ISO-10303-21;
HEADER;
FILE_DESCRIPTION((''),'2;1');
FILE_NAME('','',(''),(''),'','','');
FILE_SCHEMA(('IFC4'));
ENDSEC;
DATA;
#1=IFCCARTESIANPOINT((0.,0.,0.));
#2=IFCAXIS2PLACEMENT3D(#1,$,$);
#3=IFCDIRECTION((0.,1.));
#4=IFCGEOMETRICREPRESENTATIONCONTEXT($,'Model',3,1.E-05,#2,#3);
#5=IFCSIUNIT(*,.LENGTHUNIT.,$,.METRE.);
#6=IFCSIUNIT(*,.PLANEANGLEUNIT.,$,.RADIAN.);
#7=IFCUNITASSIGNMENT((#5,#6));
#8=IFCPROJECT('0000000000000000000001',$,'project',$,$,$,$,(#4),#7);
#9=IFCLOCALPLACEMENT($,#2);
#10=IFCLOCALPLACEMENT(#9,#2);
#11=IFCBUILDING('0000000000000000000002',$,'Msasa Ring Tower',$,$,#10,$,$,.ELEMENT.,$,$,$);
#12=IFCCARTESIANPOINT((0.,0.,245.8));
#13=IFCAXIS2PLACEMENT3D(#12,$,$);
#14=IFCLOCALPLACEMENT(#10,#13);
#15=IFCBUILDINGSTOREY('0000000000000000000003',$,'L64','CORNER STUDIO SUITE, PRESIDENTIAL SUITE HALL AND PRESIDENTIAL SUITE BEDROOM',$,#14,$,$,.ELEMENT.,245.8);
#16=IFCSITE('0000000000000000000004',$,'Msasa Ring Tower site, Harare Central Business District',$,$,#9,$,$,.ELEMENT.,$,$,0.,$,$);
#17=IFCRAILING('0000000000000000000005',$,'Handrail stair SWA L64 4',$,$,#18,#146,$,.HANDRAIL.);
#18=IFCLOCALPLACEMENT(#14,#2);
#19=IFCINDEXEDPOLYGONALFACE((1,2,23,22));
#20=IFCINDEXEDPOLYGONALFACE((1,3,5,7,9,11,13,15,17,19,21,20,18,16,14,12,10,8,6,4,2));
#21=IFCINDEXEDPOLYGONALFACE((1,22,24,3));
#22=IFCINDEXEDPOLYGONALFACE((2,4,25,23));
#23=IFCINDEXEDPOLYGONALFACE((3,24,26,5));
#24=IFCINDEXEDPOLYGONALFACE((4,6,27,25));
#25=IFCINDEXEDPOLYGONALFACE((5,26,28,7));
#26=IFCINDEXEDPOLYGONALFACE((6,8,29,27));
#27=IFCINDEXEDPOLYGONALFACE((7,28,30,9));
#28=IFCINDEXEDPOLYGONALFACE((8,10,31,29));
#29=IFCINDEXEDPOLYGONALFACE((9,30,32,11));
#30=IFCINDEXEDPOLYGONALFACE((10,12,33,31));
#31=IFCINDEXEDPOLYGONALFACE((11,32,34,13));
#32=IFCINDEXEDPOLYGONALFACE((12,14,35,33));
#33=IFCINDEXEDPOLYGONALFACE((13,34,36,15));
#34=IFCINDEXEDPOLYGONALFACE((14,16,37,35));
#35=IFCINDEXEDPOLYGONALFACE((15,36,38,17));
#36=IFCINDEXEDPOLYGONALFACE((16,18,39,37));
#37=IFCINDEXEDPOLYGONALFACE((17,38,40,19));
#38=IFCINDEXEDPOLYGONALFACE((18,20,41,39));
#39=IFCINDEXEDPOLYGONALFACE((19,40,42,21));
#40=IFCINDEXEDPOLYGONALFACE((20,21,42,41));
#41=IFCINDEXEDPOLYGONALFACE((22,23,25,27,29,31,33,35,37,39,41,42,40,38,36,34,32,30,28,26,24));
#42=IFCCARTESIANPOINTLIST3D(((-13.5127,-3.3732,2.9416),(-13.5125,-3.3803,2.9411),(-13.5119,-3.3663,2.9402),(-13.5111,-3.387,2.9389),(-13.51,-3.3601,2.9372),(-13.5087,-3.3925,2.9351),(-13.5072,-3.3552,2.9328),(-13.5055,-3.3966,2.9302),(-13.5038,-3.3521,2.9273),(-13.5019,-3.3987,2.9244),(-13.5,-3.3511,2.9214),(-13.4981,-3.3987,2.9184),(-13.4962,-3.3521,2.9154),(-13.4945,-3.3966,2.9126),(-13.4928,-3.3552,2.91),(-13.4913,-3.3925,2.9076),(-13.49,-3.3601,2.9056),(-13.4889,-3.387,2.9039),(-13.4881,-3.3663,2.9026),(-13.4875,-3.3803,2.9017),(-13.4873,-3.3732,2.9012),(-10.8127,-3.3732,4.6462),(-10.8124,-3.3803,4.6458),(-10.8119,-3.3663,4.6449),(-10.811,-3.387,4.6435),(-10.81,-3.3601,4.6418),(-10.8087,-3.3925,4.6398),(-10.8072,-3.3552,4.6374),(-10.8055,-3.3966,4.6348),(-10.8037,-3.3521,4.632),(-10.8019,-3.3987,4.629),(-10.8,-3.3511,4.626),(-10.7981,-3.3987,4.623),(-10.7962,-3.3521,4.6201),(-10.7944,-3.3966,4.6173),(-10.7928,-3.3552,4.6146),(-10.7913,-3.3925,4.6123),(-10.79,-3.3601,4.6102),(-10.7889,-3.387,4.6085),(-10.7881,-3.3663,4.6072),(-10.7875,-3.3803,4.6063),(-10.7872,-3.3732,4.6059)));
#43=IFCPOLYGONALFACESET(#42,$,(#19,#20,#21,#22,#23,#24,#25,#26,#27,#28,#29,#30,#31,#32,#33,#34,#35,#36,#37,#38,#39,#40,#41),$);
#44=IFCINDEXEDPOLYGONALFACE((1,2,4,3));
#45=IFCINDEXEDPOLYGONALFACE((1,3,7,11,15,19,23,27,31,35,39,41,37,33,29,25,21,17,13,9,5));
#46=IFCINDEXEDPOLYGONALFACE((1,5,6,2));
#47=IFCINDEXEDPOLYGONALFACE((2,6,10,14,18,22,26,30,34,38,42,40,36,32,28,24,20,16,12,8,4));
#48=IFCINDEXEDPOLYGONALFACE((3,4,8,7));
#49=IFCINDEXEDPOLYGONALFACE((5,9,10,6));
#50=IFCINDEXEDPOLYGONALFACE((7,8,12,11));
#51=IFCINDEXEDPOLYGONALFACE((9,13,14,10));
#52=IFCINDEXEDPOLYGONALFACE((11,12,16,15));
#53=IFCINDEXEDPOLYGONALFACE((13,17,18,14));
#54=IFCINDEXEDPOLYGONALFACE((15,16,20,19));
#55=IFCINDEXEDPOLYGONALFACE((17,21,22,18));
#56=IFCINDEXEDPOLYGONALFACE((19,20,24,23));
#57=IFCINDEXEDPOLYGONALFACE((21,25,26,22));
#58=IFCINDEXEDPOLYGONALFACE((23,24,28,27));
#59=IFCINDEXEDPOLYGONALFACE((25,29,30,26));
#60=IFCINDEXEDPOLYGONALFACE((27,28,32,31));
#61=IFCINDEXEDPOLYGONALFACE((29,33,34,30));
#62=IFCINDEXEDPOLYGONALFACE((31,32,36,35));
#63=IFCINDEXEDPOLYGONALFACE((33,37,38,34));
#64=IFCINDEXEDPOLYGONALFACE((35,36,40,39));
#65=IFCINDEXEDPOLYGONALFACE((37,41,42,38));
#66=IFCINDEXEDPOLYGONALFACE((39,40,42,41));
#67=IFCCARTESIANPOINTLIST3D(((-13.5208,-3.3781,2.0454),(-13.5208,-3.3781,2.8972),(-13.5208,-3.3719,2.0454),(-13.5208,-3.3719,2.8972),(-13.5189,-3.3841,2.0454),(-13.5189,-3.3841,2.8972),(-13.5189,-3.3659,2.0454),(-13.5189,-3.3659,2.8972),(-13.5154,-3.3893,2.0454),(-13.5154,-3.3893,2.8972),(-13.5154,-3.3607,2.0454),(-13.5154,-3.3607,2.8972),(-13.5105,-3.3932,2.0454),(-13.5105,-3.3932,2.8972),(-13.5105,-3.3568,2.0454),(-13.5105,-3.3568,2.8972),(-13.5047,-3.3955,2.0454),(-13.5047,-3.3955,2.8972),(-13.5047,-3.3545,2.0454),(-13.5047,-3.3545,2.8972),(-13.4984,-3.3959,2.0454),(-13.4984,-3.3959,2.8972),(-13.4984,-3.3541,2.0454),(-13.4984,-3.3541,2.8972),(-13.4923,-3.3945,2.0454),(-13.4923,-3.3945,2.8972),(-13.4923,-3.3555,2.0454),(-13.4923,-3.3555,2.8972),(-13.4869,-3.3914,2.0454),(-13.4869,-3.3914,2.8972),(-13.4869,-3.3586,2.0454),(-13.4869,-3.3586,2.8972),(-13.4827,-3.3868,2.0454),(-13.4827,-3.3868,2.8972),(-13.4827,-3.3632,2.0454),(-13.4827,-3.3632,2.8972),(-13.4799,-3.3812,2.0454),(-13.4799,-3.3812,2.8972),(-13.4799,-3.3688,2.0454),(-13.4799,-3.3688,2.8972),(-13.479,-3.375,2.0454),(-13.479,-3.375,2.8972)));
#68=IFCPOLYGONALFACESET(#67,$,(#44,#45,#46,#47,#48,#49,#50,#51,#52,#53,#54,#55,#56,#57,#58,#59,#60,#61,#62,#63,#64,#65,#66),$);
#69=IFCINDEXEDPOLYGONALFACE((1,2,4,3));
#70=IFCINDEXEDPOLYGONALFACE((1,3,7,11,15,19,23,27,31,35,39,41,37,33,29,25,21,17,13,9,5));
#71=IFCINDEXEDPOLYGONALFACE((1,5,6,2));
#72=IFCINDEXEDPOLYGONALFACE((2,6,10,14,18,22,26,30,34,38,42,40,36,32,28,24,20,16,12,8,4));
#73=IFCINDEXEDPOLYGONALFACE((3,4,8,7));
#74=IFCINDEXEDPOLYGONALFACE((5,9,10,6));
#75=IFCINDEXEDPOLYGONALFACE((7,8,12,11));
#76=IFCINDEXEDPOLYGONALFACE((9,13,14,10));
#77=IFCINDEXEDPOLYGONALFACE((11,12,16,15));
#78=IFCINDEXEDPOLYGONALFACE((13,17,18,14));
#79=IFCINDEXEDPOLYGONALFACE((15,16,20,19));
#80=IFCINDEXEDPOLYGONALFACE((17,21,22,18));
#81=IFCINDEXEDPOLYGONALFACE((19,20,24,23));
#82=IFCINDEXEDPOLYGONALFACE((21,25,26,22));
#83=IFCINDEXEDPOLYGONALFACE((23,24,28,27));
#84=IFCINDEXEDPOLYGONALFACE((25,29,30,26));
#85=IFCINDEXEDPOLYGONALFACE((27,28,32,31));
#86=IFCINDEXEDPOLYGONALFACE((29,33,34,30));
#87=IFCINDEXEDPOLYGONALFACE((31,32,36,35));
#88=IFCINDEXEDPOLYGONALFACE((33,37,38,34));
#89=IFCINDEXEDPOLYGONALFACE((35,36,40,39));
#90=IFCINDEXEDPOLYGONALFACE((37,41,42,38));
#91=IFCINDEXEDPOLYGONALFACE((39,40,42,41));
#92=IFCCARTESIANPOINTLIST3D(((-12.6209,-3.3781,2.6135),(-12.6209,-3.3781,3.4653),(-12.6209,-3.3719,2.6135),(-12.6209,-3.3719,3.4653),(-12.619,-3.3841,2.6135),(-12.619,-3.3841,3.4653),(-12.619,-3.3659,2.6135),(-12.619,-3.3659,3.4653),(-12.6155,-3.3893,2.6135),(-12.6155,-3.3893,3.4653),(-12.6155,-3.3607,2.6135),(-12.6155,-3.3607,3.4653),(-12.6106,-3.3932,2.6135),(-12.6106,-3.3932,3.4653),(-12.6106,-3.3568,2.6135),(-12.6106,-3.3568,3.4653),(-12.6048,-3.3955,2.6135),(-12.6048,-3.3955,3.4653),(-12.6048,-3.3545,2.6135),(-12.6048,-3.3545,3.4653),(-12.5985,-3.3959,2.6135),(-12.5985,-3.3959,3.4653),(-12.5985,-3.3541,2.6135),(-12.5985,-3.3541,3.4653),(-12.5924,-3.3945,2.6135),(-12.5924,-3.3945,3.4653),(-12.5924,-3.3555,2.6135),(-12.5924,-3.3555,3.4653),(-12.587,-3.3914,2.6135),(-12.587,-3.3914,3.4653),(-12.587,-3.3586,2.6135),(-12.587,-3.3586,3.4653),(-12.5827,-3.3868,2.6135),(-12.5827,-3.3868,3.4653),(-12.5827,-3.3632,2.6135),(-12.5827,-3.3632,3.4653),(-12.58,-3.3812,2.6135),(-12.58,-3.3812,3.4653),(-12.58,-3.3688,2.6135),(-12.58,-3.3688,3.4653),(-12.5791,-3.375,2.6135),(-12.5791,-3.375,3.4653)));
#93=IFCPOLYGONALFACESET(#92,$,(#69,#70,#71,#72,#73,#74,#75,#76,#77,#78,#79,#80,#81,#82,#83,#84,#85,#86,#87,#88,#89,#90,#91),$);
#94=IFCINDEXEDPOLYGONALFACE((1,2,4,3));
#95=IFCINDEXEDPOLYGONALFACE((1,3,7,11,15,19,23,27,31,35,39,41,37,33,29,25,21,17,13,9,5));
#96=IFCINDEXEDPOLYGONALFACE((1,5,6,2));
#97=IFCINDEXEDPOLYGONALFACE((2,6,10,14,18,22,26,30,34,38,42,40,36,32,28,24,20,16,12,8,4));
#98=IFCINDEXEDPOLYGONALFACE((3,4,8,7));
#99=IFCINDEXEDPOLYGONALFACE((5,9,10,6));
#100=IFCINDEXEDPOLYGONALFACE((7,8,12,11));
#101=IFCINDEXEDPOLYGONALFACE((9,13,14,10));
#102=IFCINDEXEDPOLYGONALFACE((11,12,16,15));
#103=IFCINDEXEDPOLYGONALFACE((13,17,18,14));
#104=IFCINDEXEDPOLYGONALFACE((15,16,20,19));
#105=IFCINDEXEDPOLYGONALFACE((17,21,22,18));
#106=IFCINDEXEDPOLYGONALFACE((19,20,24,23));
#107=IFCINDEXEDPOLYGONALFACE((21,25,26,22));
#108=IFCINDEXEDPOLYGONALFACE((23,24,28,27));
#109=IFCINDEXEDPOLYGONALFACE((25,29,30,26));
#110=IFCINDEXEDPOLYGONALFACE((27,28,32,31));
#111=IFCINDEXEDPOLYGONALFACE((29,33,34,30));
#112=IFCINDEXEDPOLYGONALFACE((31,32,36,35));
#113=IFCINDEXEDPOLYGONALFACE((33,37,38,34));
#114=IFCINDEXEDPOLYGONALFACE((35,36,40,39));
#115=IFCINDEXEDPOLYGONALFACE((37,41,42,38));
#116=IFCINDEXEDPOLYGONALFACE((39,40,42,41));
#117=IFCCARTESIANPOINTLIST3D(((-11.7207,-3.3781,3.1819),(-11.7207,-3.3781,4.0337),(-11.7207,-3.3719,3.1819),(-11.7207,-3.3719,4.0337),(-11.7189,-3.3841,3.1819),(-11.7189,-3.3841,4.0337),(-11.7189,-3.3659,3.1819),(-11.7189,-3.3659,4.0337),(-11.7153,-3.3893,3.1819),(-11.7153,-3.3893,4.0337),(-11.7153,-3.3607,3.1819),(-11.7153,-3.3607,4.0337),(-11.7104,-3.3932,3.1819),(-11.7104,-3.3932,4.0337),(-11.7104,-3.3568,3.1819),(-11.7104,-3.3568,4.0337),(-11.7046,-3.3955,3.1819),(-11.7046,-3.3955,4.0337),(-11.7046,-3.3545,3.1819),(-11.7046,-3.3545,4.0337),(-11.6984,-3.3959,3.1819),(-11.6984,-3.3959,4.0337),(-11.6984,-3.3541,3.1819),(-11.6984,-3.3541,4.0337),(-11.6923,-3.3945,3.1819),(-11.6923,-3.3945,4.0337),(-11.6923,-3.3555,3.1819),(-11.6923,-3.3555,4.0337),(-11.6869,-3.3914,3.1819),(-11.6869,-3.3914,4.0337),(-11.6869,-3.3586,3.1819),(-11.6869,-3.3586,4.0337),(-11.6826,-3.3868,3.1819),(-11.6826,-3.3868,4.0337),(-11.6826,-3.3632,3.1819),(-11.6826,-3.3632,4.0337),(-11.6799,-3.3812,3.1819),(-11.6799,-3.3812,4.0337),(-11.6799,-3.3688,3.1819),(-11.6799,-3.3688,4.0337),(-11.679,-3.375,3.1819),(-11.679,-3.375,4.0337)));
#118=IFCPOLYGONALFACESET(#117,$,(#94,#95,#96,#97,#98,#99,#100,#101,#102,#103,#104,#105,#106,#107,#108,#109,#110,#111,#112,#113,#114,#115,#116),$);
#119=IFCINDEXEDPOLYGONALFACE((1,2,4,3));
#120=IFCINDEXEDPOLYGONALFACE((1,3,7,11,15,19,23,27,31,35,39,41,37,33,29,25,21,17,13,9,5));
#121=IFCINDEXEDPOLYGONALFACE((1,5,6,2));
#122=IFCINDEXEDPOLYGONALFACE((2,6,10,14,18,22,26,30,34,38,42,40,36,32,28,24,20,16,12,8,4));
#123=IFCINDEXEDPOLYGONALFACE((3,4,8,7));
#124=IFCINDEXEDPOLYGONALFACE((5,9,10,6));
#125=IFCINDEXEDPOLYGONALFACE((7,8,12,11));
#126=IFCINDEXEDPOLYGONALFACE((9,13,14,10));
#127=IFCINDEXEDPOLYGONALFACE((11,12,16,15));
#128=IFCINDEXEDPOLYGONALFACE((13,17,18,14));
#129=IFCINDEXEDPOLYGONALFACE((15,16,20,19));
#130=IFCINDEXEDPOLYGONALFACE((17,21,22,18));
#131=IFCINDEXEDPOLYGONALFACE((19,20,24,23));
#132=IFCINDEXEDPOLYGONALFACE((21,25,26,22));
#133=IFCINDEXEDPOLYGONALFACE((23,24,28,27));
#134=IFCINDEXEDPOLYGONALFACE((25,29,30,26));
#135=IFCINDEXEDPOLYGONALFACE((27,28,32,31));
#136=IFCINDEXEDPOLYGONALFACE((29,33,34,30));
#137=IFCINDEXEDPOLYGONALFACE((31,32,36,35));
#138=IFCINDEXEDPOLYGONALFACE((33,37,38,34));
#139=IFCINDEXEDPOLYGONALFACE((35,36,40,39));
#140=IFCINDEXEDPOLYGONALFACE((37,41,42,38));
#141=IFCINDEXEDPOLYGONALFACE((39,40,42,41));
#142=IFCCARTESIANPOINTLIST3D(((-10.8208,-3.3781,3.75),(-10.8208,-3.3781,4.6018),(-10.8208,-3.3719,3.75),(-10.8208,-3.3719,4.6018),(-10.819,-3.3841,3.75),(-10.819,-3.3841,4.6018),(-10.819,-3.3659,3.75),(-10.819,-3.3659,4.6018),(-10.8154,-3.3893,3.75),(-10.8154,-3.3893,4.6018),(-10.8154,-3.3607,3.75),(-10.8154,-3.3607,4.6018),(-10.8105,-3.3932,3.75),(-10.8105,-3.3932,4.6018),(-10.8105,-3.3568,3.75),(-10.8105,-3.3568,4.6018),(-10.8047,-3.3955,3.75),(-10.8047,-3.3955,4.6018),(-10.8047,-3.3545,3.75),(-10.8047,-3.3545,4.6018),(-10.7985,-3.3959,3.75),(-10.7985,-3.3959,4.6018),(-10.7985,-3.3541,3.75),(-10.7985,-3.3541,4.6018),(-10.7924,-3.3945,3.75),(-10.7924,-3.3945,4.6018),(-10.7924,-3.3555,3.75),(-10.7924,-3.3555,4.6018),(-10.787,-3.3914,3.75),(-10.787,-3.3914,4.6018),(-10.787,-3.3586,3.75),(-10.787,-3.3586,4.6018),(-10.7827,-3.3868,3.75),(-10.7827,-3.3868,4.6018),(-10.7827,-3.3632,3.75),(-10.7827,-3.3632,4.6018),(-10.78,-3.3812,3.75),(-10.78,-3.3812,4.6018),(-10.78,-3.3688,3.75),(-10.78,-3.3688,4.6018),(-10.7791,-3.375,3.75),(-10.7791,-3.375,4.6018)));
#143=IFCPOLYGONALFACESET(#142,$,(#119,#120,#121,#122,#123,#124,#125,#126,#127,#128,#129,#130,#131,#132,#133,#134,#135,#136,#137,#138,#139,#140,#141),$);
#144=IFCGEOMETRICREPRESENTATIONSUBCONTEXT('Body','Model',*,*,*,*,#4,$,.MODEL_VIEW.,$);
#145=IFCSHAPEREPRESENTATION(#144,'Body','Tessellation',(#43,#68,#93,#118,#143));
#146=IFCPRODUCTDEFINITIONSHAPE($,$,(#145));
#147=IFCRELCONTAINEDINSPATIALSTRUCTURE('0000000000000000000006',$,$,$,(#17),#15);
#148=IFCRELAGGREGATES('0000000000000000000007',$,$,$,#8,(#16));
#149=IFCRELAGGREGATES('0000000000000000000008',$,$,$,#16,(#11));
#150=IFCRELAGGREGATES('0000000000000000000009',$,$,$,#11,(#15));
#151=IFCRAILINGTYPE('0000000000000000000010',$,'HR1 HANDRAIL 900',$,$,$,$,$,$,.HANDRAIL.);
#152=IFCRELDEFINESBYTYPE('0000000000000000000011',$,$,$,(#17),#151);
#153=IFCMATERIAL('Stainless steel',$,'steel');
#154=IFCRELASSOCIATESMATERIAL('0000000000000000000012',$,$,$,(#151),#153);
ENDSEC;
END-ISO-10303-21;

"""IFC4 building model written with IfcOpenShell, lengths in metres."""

from ifc_helpers import new_model, si_unit, direction, frame, origin, origin_2d, place, context, subcontext, project, spatial, circle, extrude, material, type_object, element, save


model = new_model("IFC4")

# Units and contexts
model_context = context("Model", 3, precision=1e-05, world=origin(), true_north=direction((0.0, 1.0)))
body_context = subcontext(model_context, "Body", "Model", "MODEL_VIEW")
ifc_project = project(units=[si_unit("LENGTHUNIT", "METRE"), si_unit("PLANEANGLEUNIT", "RADIAN")], contexts=[model_context])

# Site, building, storey
site_placement = place(None, origin())
site = spatial("IfcSite", under=ifc_project, at=site_placement, Name="Msasa Ring Tower site, Harare Central Business District", CompositionType="ELEMENT", RefElevation=0.0)
building_placement = place(site_placement, origin())
building = spatial("IfcBuilding", under=site, at=building_placement, Name="Msasa Ring Tower", CompositionType="ELEMENT")
storey_placement = place(building_placement, frame((0.0, 0.0, 245.8)))
storey = spatial("IfcBuildingStorey", under=building, at=storey_placement, Name="L64", Description="CORNER STUDIO SUITE, PRESIDENTIAL SUITE HALL AND PRESIDENTIAL SUITE BEDROOM", CompositionType="ELEMENT", Elevation=245.8)

# Railing
ifc_material_1 = material(Name="Stainless steel", Category="steel")
railing_type = type_object("IfcRailingType", Name="HR1 HANDRAIL 900", PredefinedType="HANDRAIL", material=ifc_material_1)
for number, where, name in (
    (1, (-13.5, -3.375, 2.0454), "Handrail stair SWA L64 4"),
):
    element("IfcRailing", number, at=place(storey_placement, frame(where)), inside=storey, type_object=railing_type, Name=name, PredefinedType="HANDRAIL", context=body_context, shape_type="SweptSolid", body=[
        extrude(circle(Radius=0.0239, at=origin_2d()), frame((0.0, 0.0, 0.876), z_axis=(0.84558, 0.0, 0.533849), x_axis=(0.0, 1.0, 0.0)), (0.0, 0.0, 1.0), 3.1931),
        extrude(circle(Radius=0.021, at=origin_2d()), origin(), (0.0, 0.0, 1.0), 0.8518),
        extrude(circle(Radius=0.021, at=origin_2d()), frame((0.8999, 0.0, 0.5681)), (0.0, 0.0, 1.0), 0.8518),
        extrude(circle(Radius=0.021, at=origin_2d()), frame((1.8, 0.0, 1.1365)), (0.0, 0.0, 1.0), 0.8518),
        extrude(circle(Radius=0.021, at=origin_2d()), frame((2.7, 0.0, 1.7046)), (0.0, 0.0, 1.0), 0.8518),
    ])

save(model, "model.ifc")
